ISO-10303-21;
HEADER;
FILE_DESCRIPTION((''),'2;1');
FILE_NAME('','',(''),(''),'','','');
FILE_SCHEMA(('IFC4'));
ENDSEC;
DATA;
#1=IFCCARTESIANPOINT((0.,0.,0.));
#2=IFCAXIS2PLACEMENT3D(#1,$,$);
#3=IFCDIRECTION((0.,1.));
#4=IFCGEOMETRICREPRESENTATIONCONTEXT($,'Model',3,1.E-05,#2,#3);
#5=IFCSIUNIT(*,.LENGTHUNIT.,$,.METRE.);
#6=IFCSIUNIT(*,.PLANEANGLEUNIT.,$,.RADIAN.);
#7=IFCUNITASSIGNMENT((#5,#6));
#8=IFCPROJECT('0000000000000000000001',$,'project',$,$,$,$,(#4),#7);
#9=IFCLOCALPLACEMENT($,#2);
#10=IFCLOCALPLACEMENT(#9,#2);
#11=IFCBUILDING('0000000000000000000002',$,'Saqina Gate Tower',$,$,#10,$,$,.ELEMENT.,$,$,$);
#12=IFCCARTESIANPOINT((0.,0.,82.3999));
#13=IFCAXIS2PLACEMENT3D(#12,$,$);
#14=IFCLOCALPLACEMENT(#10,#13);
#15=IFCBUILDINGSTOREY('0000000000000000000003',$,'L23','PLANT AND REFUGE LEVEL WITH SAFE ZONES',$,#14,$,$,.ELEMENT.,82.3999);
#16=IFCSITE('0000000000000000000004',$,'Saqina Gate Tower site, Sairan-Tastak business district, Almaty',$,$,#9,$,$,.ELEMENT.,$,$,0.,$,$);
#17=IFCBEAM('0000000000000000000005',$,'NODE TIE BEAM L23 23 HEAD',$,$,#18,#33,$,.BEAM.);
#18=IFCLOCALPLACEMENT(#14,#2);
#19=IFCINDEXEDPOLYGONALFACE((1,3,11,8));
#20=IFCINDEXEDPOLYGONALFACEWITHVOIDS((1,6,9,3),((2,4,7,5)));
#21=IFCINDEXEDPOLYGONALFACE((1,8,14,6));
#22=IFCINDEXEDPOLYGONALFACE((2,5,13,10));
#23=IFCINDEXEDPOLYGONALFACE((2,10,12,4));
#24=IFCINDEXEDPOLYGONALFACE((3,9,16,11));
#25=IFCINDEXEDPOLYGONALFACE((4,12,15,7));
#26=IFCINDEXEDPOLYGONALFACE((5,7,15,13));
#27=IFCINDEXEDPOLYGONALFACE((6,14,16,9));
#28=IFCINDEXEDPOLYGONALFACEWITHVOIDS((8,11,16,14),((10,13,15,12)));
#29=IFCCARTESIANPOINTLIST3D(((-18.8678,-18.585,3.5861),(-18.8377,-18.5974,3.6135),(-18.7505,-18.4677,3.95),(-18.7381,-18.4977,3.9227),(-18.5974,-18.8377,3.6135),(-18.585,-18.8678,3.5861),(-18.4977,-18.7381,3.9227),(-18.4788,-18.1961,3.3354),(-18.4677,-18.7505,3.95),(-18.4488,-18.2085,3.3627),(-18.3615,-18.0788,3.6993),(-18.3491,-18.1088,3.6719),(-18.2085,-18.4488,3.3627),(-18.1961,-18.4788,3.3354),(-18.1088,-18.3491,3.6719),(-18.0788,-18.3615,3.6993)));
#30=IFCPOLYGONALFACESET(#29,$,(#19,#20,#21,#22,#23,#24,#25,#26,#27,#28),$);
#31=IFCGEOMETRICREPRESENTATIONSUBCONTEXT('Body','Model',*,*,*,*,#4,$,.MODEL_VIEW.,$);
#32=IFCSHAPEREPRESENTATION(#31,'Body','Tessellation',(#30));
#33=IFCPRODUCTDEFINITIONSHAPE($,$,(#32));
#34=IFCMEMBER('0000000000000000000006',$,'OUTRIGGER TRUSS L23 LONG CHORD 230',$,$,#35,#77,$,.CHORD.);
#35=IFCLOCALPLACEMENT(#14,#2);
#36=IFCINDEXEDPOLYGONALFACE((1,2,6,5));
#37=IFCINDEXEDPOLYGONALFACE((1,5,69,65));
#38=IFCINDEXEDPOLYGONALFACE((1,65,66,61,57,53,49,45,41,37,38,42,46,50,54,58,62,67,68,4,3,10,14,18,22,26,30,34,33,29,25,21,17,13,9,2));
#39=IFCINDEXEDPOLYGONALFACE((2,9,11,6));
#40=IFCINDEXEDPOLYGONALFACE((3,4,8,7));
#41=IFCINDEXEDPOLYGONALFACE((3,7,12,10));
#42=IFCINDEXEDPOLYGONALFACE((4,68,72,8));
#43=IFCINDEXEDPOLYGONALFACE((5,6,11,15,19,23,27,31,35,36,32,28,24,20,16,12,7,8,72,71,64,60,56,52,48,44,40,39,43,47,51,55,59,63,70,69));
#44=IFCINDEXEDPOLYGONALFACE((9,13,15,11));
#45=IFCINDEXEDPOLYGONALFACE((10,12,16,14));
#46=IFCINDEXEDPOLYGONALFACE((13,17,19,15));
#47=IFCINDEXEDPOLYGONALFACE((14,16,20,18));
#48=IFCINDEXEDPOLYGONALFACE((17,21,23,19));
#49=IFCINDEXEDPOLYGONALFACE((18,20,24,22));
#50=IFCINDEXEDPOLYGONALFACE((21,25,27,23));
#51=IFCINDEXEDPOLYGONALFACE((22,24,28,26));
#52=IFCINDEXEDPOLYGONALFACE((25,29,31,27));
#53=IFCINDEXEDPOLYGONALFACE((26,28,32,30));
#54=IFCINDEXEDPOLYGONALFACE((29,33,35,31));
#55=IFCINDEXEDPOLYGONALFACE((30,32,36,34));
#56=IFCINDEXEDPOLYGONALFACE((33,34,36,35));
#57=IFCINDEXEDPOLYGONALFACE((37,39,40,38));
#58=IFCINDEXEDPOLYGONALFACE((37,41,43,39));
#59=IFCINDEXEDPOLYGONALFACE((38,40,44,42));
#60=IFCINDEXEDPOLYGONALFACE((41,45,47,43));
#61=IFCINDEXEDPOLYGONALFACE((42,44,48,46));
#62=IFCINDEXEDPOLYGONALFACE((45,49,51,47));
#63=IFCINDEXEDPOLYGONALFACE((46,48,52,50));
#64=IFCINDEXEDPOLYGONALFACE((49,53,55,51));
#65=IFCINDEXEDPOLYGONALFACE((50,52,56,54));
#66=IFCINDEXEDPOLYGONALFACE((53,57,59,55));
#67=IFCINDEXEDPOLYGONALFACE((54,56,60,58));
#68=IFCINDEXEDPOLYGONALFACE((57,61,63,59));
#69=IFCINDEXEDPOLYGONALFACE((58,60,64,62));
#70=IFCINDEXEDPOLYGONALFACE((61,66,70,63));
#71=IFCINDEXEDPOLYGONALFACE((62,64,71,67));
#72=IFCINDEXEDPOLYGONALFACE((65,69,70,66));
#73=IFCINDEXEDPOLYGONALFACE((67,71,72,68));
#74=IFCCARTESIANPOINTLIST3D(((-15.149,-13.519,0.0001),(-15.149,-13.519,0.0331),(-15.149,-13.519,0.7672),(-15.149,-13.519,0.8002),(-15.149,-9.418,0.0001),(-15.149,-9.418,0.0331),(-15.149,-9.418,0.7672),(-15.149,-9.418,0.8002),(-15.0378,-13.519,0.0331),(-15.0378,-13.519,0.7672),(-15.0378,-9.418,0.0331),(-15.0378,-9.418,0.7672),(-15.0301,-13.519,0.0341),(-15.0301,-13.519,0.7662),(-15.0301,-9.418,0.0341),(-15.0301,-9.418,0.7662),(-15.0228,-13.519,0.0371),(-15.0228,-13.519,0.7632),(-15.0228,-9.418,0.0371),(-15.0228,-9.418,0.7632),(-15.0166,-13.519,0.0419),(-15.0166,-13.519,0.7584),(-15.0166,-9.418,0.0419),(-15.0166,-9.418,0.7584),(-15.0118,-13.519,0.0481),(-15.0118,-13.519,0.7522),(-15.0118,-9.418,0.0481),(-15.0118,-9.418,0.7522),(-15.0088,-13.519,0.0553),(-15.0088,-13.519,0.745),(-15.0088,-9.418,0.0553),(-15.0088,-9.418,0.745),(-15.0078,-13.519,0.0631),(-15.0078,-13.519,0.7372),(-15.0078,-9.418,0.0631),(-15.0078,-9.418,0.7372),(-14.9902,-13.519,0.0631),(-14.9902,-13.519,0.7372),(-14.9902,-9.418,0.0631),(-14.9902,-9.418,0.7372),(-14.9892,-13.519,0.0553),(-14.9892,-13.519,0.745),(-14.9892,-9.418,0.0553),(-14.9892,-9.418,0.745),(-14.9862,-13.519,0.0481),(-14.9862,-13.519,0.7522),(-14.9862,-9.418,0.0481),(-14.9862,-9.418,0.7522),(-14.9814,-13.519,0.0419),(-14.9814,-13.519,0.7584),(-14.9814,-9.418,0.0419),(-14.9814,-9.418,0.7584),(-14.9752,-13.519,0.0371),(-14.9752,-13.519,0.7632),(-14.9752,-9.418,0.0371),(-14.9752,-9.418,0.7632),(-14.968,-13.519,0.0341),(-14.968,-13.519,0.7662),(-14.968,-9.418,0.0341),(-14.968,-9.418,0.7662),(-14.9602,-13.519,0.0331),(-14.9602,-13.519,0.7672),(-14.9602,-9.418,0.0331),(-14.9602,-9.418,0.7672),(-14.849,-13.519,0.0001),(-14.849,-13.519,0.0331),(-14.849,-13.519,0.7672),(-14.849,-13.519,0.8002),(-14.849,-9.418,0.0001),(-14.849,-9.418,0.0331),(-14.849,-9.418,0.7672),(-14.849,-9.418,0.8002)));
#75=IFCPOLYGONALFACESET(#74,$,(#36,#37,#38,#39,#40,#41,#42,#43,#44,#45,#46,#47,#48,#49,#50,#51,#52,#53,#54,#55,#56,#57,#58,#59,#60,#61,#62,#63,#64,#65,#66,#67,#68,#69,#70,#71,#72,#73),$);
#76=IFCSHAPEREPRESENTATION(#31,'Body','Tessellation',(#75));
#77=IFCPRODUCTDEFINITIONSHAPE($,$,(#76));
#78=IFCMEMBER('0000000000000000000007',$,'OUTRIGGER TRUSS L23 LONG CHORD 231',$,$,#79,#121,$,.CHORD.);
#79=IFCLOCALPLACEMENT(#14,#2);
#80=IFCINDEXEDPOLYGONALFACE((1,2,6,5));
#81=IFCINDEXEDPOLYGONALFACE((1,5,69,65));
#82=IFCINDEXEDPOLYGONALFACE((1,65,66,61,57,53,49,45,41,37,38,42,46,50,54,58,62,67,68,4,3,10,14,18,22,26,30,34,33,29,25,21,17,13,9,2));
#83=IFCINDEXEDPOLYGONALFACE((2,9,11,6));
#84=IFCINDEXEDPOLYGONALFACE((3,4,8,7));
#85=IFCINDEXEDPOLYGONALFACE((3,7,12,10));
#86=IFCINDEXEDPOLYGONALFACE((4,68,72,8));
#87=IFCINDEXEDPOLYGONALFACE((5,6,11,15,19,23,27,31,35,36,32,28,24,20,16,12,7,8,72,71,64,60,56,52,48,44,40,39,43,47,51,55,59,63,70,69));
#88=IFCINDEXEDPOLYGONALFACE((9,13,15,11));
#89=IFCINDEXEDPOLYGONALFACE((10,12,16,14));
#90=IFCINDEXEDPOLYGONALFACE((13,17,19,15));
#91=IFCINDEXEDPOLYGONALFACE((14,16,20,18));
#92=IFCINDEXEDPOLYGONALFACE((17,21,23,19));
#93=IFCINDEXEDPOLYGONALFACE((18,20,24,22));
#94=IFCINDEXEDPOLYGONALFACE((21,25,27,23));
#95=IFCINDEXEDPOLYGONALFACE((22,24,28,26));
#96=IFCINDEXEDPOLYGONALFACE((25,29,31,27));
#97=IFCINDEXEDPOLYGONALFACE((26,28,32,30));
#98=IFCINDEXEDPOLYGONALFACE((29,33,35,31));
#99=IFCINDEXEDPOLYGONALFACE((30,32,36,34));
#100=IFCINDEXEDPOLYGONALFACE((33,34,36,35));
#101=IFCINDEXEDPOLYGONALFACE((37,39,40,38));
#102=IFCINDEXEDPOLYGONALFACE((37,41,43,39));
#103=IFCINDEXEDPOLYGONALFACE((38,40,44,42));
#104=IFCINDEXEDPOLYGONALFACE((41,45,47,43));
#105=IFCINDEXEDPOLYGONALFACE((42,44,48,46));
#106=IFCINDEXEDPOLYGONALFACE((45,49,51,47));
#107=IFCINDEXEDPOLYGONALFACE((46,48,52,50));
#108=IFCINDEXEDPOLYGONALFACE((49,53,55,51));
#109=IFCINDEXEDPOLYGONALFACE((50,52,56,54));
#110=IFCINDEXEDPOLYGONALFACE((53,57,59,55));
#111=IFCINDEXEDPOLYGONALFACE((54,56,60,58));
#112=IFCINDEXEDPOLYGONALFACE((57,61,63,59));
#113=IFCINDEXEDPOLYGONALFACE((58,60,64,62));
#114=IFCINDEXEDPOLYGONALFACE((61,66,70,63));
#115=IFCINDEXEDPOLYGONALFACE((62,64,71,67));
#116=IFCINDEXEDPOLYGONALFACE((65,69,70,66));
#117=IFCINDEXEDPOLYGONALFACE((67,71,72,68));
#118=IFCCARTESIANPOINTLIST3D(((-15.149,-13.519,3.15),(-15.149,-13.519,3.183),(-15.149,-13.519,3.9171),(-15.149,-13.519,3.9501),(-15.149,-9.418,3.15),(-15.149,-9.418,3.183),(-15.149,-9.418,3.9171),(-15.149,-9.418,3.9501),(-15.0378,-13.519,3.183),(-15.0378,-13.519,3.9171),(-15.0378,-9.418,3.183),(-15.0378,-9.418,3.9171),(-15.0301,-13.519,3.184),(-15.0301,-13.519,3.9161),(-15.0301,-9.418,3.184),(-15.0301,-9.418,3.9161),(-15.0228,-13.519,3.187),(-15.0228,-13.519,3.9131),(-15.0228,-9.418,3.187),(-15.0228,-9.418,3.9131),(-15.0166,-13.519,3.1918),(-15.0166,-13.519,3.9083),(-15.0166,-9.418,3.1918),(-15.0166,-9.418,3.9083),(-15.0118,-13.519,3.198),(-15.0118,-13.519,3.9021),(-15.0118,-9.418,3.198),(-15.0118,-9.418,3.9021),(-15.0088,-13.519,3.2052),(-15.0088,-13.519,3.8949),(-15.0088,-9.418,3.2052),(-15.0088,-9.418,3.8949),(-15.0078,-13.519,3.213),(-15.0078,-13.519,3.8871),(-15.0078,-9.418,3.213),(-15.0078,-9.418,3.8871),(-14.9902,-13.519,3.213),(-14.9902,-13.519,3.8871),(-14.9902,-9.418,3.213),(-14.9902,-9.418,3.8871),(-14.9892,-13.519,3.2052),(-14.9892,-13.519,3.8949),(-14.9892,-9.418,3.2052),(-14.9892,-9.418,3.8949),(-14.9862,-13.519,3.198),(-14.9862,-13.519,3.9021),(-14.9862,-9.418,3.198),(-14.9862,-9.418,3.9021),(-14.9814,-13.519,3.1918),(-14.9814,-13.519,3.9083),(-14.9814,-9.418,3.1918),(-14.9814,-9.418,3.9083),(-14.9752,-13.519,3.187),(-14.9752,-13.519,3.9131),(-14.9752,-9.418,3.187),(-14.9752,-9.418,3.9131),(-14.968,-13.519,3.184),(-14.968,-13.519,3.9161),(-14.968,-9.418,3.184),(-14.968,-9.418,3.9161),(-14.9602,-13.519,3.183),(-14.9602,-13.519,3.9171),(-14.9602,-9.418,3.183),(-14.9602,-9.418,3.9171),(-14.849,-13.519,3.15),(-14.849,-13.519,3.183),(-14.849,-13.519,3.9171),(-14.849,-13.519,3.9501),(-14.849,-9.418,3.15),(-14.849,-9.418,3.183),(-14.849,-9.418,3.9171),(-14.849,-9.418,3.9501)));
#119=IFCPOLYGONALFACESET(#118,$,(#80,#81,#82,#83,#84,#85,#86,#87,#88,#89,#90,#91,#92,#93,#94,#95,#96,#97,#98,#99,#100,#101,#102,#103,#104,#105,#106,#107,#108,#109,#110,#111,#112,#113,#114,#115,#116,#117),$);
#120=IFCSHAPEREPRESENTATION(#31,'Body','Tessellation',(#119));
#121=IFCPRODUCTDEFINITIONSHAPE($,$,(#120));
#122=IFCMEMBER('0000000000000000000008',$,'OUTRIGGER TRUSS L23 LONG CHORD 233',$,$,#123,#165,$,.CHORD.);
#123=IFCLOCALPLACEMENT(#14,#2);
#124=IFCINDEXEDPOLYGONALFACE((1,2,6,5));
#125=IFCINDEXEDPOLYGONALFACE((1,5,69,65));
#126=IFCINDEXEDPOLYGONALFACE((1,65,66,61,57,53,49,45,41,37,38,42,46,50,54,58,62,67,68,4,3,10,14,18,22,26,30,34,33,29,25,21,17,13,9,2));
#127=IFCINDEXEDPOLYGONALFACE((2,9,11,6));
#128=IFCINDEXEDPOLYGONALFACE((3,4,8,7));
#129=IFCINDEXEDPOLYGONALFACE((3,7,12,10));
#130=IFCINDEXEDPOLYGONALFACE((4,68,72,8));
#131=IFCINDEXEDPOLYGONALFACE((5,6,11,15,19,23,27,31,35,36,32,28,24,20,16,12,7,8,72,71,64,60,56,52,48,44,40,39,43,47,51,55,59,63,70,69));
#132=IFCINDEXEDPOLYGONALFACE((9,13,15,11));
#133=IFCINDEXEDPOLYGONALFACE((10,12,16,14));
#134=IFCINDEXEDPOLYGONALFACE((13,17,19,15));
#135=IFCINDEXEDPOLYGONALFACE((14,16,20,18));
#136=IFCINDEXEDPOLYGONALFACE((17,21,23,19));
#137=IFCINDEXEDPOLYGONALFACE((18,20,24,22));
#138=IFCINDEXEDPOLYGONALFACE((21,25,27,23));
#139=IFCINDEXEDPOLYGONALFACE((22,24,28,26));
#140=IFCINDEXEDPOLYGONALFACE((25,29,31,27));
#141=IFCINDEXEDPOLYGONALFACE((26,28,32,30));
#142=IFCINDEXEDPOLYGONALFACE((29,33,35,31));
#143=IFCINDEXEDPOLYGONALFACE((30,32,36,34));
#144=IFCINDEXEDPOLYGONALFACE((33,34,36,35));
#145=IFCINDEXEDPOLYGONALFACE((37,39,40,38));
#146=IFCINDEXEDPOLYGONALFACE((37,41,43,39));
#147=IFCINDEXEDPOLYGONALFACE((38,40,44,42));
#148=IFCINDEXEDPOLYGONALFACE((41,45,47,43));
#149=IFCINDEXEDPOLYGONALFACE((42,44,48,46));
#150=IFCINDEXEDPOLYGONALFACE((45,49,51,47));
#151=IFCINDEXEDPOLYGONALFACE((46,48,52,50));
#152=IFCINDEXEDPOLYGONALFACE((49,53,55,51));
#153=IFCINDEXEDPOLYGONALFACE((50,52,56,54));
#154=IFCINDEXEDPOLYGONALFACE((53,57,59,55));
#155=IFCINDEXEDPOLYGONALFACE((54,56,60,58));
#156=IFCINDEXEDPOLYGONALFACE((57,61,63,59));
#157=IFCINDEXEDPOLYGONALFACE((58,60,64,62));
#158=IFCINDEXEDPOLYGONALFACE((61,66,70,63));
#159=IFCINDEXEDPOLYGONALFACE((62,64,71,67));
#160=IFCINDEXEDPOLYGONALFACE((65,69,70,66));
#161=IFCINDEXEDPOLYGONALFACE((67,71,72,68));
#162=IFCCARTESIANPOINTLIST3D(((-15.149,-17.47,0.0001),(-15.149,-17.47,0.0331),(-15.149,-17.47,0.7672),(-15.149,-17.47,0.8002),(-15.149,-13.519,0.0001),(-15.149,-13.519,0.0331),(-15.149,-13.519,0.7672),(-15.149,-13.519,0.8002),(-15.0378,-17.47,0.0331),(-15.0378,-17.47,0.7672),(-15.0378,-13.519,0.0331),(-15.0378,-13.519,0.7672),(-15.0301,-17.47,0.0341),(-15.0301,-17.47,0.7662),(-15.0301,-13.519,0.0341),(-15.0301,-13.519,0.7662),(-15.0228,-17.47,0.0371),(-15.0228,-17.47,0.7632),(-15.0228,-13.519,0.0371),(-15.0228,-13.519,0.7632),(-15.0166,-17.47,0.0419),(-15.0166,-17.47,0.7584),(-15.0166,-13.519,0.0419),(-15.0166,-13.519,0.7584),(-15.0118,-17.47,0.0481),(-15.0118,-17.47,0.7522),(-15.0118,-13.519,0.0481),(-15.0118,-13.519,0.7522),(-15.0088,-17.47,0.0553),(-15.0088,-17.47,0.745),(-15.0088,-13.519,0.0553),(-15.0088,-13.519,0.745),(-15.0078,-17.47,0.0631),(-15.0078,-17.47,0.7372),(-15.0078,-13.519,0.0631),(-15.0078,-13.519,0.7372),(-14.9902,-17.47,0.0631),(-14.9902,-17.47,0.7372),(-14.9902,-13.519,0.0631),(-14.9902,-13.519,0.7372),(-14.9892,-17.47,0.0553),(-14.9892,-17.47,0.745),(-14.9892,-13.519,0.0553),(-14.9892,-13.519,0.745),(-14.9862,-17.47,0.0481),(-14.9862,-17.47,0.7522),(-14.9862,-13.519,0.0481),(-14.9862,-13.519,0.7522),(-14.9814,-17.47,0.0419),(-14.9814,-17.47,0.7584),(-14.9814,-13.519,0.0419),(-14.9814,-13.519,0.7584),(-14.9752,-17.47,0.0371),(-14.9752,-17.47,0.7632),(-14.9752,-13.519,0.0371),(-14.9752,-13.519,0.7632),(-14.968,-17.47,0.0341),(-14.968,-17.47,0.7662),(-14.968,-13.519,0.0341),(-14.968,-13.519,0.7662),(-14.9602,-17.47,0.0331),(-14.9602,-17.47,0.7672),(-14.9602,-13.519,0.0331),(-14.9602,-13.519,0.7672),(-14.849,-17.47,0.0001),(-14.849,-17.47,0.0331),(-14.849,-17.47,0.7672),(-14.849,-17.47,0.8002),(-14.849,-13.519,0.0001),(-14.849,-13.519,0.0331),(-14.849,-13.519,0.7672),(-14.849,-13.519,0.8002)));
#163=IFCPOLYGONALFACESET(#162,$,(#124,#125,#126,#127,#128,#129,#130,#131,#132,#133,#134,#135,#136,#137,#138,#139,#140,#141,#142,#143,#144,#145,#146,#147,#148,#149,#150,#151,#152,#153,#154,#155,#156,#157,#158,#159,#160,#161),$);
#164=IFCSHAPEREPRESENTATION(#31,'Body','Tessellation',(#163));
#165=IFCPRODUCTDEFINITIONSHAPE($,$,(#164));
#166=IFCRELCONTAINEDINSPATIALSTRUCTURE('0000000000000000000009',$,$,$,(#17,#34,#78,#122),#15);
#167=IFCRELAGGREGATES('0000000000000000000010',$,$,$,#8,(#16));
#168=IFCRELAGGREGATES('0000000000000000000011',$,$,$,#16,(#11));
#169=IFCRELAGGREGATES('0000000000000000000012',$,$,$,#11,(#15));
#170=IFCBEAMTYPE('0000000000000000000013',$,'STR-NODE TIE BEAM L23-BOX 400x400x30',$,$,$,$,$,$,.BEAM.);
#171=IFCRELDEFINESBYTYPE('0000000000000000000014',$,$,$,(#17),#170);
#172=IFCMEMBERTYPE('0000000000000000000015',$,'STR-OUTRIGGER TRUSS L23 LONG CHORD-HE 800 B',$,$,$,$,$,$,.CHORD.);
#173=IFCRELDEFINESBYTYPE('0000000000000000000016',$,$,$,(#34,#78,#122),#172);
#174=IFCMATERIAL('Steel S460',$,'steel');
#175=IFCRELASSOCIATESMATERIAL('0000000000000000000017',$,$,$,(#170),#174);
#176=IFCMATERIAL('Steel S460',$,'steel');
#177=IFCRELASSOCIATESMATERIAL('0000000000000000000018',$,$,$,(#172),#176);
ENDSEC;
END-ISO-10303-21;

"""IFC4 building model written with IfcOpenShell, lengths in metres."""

from ifc_helpers import new_model, si_unit, direction, frame, origin, origin_2d, place, context, subcontext, project, spatial, hollow_rectangle, i_section, extrude, material, material_profile, profile_set, type_object, element, save


model = new_model("IFC4")

# Units and contexts
model_context = context("Model", 3, precision=1e-05, world=origin(), true_north=direction((0.0, 1.0)))
body_context = subcontext(model_context, "Body", "Model", "MODEL_VIEW")
ifc_project = project(units=[si_unit("LENGTHUNIT", "METRE"), si_unit("PLANEANGLEUNIT", "RADIAN")], contexts=[model_context])

# Site, building, storey
site_placement = place(None, origin())
site = spatial("IfcSite", under=ifc_project, at=site_placement, Name="Saqina Gate Tower site, Sairan-Tastak business district, Almaty", CompositionType="ELEMENT", RefElevation=0.0)
building_placement = place(site_placement, origin())
building = spatial("IfcBuilding", under=site, at=building_placement, Name="Saqina Gate Tower", CompositionType="ELEMENT")
storey_placement = place(building_placement, frame((0.0, 0.0, 82.3999)))
storey = spatial("IfcBuildingStorey", under=building, at=storey_placement, Name="L23", Description="PLANT AND REFUGE LEVEL WITH SAFE ZONES", CompositionType="ELEMENT", Elevation=82.3999)

# Beam
ifc_material_1 = material(Name="Steel S460", Category="steel")
ifc_material_profile_1 = material_profile(ifc_material_1, hollow_rectangle(XDim=0.3999, YDim=0.3999, WallThickness=0.03, at=origin_2d()), Name="BOX 400x400x30")
ifc_profile_set_1 = profile_set([ifc_material_profile_1], Name="Steel S460")
beam_type = type_object("IfcBeamType", Name="STR-NODE TIE BEAM L23-BOX 400x400x30", PredefinedType="BEAM", material=ifc_profile_set_1)
beam_placement = place(storey_placement, frame((-18.2788, -18.2788, 3.5173), z_axis=(-0.643405, -0.643405, 0.4148), x_axis=(0.707107, -0.707107, 0.0)))
element("IfcBeam", 1, at=beam_placement, inside=storey, type_object=beam_type, Name="NODE TIE BEAM L23 23 HEAD", PredefinedType="BEAM", context=body_context, shape_type="SweptSolid", body=[
    extrude(hollow_rectangle(XDim=0.3999, YDim=0.3999, WallThickness=0.03, at=origin_2d()), origin(), (0.0, 0.0, 1.0), 0.6045),
])

# Members
ifc_material_2 = material(Name="Steel S460", Category="steel")
ifc_material_profile_2 = material_profile(ifc_material_2, i_section(OverallWidth=0.3, OverallDepth=0.8, WebThickness=0.0176, FlangeThickness=0.033, FilletRadius=0.03, at=origin_2d()), Name="HE 800 B")
ifc_profile_set_2 = profile_set([ifc_material_profile_2], Name="Steel S460")
member_type_1 = type_object("IfcMemberType", Name="STR-OUTRIGGER TRUSS L23 LONG CHORD-HE 800 B", PredefinedType="CHORD", material=ifc_profile_set_2)
for number, where, z_axis, x_axis, name in (
    (2, (-14.999, -9.418, 0.4001), (0.0, -1.0, 0.0), (1.0, 0.0, 0.0), "OUTRIGGER TRUSS L23 LONG CHORD 230"),
    (3, (-14.999, -9.418, 3.55), (0.0, -1.0, 0.0), (1.0, 0.0, 0.0), "OUTRIGGER TRUSS L23 LONG CHORD 231"),
):
    element("IfcMember", number, at=place(storey_placement, frame(where, z_axis=z_axis, x_axis=x_axis)), inside=storey, type_object=member_type_1, Name=name, PredefinedType="CHORD", context=body_context, shape_type="SweptSolid", body=[
        extrude(i_section(OverallWidth=0.3, OverallDepth=0.8, WebThickness=0.0176, FlangeThickness=0.033, FilletRadius=0.03, at=origin_2d()), origin(), (0.0, 0.0, 1.0), 4.1011),
    ])
for number, where, z_axis, x_axis, name in (
    (4, (-14.999, -13.519, 0.4001), (0.0, -1.0, 0.0), (1.0, 0.0, 0.0), "OUTRIGGER TRUSS L23 LONG CHORD 233"),
):
    element("IfcMember", number, at=place(storey_placement, frame(where, z_axis=z_axis, x_axis=x_axis)), inside=storey, type_object=member_type_1, Name=name, PredefinedType="CHORD", context=body_context, shape_type="SweptSolid", body=[
        extrude(i_section(OverallWidth=0.3, OverallDepth=0.8, WebThickness=0.0176, FlangeThickness=0.033, FilletRadius=0.03, at=origin_2d()), origin(), (0.0, 0.0, 1.0), 3.9509),
    ])

save(model, "model.ifc")
